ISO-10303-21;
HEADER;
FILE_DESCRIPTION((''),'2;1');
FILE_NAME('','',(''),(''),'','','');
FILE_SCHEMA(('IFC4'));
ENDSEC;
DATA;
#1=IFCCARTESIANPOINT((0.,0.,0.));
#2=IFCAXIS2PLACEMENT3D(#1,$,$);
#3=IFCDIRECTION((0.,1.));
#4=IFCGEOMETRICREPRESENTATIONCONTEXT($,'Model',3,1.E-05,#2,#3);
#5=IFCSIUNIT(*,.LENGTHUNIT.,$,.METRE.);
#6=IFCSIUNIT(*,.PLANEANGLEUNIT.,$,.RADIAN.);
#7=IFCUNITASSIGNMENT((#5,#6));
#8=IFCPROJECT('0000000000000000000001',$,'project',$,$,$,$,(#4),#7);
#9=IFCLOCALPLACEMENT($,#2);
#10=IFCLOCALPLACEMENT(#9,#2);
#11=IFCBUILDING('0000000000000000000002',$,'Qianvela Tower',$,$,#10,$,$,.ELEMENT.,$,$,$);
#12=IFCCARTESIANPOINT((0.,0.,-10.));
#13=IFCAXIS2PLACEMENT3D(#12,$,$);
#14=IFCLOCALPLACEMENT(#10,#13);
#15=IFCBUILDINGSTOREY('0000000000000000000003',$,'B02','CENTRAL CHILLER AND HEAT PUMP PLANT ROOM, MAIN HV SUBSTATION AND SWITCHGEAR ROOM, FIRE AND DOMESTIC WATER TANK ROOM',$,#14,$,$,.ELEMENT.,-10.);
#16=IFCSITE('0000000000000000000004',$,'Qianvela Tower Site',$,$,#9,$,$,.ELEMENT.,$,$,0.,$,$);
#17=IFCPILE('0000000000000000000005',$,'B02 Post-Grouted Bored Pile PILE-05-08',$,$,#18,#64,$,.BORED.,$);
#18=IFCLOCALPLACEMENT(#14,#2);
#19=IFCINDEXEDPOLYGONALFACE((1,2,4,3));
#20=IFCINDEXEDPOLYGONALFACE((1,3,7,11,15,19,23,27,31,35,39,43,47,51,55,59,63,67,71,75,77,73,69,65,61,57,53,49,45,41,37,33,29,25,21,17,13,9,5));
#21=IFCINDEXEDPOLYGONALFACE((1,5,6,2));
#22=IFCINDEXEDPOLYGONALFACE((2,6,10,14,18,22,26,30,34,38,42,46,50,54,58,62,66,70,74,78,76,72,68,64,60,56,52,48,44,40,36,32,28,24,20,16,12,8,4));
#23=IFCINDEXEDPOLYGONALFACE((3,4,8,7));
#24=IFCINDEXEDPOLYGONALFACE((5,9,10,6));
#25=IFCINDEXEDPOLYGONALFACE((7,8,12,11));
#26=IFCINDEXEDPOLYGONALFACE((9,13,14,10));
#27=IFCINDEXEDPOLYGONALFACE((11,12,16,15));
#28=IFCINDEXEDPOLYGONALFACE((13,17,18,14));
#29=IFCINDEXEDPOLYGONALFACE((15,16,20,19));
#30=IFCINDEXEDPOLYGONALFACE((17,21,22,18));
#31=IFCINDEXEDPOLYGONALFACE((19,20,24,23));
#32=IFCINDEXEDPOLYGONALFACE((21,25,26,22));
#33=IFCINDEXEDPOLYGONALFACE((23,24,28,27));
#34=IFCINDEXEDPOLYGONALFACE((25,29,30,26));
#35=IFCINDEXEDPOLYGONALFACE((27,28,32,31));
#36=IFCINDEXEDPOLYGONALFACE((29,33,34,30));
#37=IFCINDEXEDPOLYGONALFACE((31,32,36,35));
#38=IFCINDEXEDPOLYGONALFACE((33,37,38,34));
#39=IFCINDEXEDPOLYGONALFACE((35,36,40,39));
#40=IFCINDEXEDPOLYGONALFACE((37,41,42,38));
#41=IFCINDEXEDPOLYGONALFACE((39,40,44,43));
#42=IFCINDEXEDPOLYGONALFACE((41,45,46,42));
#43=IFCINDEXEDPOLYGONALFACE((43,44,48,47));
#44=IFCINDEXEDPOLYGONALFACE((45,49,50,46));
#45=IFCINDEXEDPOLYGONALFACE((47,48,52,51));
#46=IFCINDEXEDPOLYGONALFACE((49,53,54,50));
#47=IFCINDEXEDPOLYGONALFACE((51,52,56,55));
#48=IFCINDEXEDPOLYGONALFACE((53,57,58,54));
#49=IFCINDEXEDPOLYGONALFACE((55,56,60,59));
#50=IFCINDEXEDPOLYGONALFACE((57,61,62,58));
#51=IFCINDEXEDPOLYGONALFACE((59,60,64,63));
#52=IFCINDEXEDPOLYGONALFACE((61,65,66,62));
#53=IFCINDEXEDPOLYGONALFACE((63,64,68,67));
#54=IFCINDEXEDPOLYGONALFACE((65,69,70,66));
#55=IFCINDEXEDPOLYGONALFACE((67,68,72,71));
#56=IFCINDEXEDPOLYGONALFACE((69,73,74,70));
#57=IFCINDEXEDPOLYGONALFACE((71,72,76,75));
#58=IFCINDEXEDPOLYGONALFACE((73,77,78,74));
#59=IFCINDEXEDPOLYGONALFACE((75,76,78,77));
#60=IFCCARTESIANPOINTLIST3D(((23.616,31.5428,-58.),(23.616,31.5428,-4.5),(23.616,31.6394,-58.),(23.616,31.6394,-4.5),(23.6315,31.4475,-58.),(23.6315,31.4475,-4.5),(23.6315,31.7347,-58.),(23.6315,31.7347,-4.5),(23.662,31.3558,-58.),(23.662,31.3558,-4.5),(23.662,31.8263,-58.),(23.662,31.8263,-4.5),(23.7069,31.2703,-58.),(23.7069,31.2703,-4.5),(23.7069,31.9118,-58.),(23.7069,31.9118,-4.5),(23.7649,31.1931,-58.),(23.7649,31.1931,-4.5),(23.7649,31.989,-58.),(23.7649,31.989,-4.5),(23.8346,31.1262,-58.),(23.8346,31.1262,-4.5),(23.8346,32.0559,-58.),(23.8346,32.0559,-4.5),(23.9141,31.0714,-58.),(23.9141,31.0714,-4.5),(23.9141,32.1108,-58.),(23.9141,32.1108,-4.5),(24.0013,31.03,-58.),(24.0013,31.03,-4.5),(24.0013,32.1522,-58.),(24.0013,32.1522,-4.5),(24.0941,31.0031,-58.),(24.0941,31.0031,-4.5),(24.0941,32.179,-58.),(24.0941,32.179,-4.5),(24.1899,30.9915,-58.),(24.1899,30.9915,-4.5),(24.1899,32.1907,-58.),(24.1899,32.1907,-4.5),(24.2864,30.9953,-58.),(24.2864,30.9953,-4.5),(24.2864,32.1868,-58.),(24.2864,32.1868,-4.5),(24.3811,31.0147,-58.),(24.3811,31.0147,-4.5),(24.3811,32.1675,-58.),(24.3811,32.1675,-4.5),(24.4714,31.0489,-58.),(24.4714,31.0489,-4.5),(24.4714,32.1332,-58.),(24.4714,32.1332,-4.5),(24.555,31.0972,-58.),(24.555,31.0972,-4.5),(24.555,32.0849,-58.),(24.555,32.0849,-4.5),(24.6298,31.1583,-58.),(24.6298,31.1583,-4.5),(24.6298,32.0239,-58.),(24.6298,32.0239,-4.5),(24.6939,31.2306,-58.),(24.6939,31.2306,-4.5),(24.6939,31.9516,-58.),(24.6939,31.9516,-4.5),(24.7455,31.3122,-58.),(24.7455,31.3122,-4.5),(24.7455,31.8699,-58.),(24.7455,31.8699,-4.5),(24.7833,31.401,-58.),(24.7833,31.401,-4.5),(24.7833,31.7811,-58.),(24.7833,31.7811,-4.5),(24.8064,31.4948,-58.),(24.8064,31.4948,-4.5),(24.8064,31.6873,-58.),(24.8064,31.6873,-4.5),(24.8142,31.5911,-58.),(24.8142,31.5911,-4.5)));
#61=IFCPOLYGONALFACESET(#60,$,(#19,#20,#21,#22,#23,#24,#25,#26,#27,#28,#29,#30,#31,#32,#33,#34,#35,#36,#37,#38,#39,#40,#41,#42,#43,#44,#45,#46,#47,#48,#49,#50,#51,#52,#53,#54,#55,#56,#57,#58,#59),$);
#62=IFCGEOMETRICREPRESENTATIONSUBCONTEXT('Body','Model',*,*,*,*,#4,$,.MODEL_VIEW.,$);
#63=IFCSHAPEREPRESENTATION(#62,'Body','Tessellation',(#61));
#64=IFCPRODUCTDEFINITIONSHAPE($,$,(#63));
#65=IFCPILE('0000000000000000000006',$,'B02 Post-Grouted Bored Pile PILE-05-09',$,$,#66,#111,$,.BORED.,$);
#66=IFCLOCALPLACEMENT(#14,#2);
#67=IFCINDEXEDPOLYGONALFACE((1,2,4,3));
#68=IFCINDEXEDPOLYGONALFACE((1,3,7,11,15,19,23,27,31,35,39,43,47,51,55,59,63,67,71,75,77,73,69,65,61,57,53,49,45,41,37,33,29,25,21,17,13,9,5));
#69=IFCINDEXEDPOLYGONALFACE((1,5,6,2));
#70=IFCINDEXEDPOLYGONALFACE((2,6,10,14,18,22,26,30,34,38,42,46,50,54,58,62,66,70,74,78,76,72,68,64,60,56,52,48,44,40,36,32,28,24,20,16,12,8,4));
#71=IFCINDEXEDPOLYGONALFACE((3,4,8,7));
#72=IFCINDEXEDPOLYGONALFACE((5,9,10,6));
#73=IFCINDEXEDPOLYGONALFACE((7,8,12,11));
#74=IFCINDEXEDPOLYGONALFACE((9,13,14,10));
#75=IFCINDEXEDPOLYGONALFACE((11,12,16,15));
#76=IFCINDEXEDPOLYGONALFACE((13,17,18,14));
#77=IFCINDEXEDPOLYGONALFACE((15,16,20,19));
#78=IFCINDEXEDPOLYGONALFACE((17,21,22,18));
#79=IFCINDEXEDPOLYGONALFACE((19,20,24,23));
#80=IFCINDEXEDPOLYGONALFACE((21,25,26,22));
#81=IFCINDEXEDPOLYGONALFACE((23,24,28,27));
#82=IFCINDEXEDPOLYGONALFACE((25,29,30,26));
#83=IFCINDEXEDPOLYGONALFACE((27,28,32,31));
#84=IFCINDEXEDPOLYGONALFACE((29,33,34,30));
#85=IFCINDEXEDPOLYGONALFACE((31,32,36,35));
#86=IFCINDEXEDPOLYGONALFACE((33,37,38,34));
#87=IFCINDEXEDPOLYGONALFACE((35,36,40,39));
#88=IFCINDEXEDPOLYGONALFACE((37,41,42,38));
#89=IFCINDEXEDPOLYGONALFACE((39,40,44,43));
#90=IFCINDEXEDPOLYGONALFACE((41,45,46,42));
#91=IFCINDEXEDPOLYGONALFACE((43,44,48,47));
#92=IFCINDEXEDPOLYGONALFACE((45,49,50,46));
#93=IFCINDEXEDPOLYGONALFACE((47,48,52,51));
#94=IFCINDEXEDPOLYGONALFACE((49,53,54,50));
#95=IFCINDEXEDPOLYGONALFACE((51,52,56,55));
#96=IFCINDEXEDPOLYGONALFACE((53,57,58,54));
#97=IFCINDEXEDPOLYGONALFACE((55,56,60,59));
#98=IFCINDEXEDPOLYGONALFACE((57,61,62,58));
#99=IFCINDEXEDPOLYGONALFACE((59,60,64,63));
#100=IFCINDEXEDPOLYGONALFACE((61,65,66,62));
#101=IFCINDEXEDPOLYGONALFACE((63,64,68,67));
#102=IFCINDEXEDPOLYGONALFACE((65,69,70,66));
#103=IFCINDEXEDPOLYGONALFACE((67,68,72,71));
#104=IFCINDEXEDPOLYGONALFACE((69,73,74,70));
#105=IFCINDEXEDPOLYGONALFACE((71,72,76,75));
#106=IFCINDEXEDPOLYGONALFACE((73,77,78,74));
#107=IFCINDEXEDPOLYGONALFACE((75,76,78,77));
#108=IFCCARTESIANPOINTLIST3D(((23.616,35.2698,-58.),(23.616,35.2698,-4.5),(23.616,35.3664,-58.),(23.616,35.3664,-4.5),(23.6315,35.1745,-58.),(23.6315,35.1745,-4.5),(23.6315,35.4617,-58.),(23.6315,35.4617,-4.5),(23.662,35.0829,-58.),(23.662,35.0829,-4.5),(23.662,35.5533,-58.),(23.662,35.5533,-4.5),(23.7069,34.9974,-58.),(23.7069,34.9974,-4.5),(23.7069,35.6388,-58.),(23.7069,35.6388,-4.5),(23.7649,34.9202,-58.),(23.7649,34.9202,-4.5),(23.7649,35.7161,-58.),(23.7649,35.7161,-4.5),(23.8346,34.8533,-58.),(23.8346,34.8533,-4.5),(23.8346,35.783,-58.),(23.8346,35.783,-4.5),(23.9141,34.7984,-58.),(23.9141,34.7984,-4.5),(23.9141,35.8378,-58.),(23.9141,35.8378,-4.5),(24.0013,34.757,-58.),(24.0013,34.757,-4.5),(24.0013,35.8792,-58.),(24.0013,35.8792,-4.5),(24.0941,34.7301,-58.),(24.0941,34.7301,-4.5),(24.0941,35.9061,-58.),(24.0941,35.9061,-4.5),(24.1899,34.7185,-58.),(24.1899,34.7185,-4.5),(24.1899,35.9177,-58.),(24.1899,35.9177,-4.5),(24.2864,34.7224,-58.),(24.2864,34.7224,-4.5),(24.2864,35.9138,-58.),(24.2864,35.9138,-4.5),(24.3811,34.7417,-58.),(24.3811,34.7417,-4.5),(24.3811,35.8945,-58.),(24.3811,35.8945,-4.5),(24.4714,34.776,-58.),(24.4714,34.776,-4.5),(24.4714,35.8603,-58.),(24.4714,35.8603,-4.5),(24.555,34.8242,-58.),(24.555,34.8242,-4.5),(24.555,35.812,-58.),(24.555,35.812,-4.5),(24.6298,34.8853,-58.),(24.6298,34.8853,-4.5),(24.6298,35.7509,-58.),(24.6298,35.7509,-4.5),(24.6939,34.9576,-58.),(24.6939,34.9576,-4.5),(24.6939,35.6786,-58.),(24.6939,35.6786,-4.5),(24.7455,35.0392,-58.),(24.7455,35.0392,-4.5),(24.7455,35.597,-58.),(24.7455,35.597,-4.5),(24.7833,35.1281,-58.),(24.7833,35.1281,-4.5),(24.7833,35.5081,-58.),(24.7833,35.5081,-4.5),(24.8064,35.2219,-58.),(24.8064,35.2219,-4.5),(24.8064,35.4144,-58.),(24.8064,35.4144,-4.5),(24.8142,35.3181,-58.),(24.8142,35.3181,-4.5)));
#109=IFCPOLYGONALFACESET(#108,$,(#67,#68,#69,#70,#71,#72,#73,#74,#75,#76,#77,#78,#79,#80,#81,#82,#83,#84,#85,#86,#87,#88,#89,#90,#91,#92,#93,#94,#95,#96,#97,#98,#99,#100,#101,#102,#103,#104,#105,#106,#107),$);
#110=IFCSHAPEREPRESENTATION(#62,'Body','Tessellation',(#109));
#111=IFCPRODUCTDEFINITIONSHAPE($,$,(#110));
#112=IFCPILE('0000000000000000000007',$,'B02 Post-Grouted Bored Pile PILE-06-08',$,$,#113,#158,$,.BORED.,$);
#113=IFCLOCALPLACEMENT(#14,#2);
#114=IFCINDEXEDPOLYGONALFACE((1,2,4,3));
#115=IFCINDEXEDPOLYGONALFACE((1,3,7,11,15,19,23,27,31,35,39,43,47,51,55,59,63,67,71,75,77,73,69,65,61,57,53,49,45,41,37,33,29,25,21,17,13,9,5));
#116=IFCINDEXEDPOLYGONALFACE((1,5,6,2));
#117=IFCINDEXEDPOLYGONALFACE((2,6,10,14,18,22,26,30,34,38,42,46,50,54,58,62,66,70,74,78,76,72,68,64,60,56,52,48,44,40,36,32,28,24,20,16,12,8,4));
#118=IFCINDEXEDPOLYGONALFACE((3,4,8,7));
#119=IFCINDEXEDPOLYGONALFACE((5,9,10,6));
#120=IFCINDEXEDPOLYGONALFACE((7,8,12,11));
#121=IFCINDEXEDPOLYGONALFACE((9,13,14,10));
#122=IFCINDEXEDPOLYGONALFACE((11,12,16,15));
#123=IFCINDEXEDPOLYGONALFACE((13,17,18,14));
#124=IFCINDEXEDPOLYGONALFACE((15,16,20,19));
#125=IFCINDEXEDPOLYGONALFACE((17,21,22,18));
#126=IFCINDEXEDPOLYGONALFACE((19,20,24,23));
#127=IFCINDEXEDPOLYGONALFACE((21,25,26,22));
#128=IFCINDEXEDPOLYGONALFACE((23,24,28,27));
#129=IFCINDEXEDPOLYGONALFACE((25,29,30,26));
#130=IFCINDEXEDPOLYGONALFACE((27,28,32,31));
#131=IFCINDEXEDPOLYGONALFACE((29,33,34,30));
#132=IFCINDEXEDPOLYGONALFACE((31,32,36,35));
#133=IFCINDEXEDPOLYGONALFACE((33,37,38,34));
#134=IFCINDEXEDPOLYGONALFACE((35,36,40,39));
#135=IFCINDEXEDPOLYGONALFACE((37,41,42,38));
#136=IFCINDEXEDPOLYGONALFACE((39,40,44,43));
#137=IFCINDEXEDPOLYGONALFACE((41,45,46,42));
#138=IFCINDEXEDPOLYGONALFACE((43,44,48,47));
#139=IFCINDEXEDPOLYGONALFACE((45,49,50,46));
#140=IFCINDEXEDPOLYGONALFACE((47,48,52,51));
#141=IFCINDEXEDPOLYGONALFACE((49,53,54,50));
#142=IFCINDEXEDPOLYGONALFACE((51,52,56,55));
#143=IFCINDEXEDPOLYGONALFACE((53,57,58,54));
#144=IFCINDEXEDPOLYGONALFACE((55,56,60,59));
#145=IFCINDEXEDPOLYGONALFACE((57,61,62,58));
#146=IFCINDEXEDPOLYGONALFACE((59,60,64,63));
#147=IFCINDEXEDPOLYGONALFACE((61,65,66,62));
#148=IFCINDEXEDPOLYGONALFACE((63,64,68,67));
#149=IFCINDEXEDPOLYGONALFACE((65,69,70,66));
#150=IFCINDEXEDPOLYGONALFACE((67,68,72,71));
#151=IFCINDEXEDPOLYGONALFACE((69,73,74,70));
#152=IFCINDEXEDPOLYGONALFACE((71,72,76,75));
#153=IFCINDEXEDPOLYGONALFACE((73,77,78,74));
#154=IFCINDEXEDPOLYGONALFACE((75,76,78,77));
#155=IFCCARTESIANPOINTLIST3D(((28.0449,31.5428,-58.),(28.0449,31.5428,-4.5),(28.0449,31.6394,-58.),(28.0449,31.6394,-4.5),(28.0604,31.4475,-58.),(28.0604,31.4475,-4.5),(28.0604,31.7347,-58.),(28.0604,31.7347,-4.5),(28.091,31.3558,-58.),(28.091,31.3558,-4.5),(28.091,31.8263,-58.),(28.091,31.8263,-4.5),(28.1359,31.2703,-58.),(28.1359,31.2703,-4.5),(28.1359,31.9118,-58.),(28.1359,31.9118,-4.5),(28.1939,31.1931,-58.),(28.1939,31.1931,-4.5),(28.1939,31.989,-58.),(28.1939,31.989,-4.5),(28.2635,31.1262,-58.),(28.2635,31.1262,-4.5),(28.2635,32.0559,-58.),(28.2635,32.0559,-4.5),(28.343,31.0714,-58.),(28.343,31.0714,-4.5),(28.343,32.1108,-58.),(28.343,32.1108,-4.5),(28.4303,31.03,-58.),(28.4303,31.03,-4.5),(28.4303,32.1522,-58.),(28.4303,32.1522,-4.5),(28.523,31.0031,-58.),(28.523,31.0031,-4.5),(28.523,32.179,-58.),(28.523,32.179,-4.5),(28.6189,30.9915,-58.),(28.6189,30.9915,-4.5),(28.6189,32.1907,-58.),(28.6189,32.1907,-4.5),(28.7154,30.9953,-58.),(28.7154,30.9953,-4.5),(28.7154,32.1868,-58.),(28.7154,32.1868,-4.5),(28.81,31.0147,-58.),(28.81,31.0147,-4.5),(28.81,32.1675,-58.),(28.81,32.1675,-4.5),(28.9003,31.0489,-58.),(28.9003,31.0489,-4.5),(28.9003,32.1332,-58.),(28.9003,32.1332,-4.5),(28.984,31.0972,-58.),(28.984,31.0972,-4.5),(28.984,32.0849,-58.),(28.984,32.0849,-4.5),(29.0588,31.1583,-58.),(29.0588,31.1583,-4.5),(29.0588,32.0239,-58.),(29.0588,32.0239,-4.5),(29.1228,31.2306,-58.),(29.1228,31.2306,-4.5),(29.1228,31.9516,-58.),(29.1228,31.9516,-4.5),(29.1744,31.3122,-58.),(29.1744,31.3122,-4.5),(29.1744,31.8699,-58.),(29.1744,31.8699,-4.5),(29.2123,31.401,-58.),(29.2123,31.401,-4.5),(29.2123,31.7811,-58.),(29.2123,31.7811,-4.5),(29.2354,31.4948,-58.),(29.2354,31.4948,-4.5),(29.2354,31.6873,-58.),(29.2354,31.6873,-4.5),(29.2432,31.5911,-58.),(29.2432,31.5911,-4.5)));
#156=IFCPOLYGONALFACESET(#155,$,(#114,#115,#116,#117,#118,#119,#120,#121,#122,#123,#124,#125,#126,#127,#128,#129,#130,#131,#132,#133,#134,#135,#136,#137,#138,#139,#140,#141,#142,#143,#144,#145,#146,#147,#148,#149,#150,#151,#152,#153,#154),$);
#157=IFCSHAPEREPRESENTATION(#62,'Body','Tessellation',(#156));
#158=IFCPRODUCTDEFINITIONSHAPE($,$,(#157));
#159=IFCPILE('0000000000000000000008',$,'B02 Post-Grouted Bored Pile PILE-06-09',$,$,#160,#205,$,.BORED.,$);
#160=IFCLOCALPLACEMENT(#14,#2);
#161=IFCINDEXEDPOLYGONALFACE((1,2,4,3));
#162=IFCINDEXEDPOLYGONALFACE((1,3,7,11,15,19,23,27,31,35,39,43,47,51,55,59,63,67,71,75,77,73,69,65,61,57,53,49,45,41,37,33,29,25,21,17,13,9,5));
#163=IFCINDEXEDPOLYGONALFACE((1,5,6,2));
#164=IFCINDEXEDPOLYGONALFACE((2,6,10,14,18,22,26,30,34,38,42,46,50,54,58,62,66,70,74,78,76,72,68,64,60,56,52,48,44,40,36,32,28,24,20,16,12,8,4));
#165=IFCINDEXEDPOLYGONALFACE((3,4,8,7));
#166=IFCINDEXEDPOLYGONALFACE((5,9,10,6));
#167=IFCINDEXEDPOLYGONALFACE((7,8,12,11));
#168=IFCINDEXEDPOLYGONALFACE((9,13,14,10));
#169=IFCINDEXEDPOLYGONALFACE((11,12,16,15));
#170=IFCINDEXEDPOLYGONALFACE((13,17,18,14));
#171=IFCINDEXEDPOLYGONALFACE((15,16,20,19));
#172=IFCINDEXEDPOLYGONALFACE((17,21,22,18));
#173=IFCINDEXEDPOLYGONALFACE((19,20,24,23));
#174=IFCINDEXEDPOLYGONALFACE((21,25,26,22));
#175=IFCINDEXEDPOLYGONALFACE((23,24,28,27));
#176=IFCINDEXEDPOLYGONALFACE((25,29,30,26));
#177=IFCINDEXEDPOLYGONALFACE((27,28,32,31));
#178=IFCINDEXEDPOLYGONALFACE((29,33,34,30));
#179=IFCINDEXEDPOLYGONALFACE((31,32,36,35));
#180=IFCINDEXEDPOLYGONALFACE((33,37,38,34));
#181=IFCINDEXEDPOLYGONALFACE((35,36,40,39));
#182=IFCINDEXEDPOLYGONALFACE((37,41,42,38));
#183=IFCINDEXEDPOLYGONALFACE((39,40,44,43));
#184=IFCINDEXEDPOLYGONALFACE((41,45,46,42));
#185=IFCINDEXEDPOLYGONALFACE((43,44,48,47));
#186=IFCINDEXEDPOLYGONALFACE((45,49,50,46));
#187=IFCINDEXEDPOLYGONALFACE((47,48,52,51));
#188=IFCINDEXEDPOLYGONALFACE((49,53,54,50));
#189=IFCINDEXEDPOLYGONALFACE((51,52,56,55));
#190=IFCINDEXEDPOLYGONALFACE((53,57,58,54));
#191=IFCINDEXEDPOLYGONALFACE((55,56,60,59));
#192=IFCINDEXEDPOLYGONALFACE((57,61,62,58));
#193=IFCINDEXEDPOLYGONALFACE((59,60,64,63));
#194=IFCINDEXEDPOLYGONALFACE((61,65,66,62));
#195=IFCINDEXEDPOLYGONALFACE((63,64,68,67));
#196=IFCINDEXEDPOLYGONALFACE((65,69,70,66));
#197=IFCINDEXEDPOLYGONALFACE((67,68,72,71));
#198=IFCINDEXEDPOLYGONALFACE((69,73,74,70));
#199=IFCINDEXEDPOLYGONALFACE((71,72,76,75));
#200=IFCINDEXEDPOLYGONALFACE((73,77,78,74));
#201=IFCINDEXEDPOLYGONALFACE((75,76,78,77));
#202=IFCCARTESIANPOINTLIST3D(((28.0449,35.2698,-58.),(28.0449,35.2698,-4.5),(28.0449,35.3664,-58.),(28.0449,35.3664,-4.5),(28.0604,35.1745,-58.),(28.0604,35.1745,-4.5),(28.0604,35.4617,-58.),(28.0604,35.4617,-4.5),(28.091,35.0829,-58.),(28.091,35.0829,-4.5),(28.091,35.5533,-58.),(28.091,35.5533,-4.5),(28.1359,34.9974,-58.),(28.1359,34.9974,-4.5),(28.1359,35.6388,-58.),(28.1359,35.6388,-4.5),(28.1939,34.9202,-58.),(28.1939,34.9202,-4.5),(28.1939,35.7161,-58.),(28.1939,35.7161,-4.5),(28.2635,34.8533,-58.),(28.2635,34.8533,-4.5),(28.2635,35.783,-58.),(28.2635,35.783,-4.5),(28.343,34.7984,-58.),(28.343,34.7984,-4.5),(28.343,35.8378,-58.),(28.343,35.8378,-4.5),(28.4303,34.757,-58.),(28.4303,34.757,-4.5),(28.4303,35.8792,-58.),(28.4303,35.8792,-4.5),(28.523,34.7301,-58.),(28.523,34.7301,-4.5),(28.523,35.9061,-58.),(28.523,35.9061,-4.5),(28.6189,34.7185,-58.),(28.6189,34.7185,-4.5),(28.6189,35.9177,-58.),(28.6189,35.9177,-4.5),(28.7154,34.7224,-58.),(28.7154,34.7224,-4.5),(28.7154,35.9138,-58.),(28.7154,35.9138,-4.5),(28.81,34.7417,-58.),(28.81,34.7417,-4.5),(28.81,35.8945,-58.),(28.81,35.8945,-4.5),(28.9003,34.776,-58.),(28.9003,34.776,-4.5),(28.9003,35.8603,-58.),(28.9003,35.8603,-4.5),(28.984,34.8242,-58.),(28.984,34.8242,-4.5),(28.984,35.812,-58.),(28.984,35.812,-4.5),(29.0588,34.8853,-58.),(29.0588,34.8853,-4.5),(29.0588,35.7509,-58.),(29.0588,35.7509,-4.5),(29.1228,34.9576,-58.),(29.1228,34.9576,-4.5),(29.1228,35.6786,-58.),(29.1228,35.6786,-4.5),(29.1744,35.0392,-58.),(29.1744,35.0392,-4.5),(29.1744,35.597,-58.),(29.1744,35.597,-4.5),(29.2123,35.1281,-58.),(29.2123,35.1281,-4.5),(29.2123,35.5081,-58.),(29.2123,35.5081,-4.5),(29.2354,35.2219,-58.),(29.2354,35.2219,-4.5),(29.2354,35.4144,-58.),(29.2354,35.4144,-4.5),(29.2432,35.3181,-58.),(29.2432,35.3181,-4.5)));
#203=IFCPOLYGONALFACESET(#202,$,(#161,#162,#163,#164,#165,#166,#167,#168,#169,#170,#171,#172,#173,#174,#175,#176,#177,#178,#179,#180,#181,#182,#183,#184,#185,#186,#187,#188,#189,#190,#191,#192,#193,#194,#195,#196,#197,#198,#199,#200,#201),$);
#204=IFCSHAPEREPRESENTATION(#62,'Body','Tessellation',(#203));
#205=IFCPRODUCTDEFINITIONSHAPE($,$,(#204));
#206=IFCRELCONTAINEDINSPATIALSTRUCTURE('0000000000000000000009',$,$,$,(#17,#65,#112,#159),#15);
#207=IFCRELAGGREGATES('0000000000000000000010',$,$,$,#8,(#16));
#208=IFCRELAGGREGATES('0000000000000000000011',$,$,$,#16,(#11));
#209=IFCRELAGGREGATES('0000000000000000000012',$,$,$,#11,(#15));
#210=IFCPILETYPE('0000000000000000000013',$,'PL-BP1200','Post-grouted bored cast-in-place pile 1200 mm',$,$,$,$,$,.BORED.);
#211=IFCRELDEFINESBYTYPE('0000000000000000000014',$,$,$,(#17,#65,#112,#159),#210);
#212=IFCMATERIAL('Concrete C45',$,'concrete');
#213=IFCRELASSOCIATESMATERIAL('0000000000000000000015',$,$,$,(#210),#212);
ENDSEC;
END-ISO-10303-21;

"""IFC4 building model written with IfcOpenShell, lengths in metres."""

from ifc_helpers import new_model, si_unit, direction, frame, origin, origin_2d, place, context, subcontext, project, spatial, circle, extrude, material, material_profile, profile_set, type_object, element, save


model = new_model("IFC4")

# Units and contexts
model_context = context("Model", 3, precision=1e-05, world=origin(), true_north=direction((0.0, 1.0)))
body_context = subcontext(model_context, "Body", "Model", "MODEL_VIEW")
ifc_project = project(units=[si_unit("LENGTHUNIT", "METRE"), si_unit("PLANEANGLEUNIT", "RADIAN")], contexts=[model_context])

# Site, building, storey
site_placement = place(None, origin())
site = spatial("IfcSite", under=ifc_project, at=site_placement, Name="Qianvela Tower Site", CompositionType="ELEMENT", RefElevation=0.0)
building_placement = place(site_placement, origin())
building = spatial("IfcBuilding", under=site, at=building_placement, Name="Qianvela Tower", CompositionType="ELEMENT")
storey_placement = place(building_placement, frame((0.0, 0.0, -10.0)))
storey = spatial("IfcBuildingStorey", under=building, at=storey_placement, Name="B02", Description="CENTRAL CHILLER AND HEAT PUMP PLANT ROOM, MAIN HV SUBSTATION AND SWITCHGEAR ROOM, FIRE AND DOMESTIC WATER TANK ROOM", CompositionType="ELEMENT", Elevation=-10.0)

# Piles
ifc_material_1 = material(Name="Concrete C45", Category="concrete")
ifc_material_profile_1 = material_profile(ifc_material_1, circle(Radius=0.6001, at=origin_2d()), Name="BP-1200")
ifc_profile_set_1 = profile_set([ifc_material_profile_1], Name="Concrete C45")
pile_type = type_object("IfcPileType", Name="PL-BP1200", Description="Post-grouted bored cast-in-place pile 1200 mm", PredefinedType="BORED", material=ifc_profile_set_1)
for number, where, z_axis, x_axis, name in (
    (1, (24.2141, 31.5911, -4.5), (0.0, 0.0, -1.0), (1.0, 0.0, 0.0), "B02 Post-Grouted Bored Pile PILE-05-08"),
    (2, (24.2141, 35.3181, -4.5), (0.0, 0.0, -1.0), (1.0, 0.0, 0.0), "B02 Post-Grouted Bored Pile PILE-05-09"),
    (3, (28.6431, 31.5911, -4.5), (0.0, 0.0, -1.0), (1.0, 0.0, 0.0), "B02 Post-Grouted Bored Pile PILE-06-08"),
    (4, (28.6431, 35.3181, -4.5), (0.0, 0.0, -1.0), (1.0, 0.0, 0.0), "B02 Post-Grouted Bored Pile PILE-06-09"),
):
    element("IfcPile", number, at=place(storey_placement, frame(where, z_axis=z_axis, x_axis=x_axis)), inside=storey, type_object=pile_type, Name=name, PredefinedType="BORED", context=body_context, shape_type="SweptSolid", body=[
        extrude(circle(Radius=0.6001, at=origin_2d()), origin(), (0.0, 0.0, 1.0), 53.5),
    ])

save(model, "model.ifc")
